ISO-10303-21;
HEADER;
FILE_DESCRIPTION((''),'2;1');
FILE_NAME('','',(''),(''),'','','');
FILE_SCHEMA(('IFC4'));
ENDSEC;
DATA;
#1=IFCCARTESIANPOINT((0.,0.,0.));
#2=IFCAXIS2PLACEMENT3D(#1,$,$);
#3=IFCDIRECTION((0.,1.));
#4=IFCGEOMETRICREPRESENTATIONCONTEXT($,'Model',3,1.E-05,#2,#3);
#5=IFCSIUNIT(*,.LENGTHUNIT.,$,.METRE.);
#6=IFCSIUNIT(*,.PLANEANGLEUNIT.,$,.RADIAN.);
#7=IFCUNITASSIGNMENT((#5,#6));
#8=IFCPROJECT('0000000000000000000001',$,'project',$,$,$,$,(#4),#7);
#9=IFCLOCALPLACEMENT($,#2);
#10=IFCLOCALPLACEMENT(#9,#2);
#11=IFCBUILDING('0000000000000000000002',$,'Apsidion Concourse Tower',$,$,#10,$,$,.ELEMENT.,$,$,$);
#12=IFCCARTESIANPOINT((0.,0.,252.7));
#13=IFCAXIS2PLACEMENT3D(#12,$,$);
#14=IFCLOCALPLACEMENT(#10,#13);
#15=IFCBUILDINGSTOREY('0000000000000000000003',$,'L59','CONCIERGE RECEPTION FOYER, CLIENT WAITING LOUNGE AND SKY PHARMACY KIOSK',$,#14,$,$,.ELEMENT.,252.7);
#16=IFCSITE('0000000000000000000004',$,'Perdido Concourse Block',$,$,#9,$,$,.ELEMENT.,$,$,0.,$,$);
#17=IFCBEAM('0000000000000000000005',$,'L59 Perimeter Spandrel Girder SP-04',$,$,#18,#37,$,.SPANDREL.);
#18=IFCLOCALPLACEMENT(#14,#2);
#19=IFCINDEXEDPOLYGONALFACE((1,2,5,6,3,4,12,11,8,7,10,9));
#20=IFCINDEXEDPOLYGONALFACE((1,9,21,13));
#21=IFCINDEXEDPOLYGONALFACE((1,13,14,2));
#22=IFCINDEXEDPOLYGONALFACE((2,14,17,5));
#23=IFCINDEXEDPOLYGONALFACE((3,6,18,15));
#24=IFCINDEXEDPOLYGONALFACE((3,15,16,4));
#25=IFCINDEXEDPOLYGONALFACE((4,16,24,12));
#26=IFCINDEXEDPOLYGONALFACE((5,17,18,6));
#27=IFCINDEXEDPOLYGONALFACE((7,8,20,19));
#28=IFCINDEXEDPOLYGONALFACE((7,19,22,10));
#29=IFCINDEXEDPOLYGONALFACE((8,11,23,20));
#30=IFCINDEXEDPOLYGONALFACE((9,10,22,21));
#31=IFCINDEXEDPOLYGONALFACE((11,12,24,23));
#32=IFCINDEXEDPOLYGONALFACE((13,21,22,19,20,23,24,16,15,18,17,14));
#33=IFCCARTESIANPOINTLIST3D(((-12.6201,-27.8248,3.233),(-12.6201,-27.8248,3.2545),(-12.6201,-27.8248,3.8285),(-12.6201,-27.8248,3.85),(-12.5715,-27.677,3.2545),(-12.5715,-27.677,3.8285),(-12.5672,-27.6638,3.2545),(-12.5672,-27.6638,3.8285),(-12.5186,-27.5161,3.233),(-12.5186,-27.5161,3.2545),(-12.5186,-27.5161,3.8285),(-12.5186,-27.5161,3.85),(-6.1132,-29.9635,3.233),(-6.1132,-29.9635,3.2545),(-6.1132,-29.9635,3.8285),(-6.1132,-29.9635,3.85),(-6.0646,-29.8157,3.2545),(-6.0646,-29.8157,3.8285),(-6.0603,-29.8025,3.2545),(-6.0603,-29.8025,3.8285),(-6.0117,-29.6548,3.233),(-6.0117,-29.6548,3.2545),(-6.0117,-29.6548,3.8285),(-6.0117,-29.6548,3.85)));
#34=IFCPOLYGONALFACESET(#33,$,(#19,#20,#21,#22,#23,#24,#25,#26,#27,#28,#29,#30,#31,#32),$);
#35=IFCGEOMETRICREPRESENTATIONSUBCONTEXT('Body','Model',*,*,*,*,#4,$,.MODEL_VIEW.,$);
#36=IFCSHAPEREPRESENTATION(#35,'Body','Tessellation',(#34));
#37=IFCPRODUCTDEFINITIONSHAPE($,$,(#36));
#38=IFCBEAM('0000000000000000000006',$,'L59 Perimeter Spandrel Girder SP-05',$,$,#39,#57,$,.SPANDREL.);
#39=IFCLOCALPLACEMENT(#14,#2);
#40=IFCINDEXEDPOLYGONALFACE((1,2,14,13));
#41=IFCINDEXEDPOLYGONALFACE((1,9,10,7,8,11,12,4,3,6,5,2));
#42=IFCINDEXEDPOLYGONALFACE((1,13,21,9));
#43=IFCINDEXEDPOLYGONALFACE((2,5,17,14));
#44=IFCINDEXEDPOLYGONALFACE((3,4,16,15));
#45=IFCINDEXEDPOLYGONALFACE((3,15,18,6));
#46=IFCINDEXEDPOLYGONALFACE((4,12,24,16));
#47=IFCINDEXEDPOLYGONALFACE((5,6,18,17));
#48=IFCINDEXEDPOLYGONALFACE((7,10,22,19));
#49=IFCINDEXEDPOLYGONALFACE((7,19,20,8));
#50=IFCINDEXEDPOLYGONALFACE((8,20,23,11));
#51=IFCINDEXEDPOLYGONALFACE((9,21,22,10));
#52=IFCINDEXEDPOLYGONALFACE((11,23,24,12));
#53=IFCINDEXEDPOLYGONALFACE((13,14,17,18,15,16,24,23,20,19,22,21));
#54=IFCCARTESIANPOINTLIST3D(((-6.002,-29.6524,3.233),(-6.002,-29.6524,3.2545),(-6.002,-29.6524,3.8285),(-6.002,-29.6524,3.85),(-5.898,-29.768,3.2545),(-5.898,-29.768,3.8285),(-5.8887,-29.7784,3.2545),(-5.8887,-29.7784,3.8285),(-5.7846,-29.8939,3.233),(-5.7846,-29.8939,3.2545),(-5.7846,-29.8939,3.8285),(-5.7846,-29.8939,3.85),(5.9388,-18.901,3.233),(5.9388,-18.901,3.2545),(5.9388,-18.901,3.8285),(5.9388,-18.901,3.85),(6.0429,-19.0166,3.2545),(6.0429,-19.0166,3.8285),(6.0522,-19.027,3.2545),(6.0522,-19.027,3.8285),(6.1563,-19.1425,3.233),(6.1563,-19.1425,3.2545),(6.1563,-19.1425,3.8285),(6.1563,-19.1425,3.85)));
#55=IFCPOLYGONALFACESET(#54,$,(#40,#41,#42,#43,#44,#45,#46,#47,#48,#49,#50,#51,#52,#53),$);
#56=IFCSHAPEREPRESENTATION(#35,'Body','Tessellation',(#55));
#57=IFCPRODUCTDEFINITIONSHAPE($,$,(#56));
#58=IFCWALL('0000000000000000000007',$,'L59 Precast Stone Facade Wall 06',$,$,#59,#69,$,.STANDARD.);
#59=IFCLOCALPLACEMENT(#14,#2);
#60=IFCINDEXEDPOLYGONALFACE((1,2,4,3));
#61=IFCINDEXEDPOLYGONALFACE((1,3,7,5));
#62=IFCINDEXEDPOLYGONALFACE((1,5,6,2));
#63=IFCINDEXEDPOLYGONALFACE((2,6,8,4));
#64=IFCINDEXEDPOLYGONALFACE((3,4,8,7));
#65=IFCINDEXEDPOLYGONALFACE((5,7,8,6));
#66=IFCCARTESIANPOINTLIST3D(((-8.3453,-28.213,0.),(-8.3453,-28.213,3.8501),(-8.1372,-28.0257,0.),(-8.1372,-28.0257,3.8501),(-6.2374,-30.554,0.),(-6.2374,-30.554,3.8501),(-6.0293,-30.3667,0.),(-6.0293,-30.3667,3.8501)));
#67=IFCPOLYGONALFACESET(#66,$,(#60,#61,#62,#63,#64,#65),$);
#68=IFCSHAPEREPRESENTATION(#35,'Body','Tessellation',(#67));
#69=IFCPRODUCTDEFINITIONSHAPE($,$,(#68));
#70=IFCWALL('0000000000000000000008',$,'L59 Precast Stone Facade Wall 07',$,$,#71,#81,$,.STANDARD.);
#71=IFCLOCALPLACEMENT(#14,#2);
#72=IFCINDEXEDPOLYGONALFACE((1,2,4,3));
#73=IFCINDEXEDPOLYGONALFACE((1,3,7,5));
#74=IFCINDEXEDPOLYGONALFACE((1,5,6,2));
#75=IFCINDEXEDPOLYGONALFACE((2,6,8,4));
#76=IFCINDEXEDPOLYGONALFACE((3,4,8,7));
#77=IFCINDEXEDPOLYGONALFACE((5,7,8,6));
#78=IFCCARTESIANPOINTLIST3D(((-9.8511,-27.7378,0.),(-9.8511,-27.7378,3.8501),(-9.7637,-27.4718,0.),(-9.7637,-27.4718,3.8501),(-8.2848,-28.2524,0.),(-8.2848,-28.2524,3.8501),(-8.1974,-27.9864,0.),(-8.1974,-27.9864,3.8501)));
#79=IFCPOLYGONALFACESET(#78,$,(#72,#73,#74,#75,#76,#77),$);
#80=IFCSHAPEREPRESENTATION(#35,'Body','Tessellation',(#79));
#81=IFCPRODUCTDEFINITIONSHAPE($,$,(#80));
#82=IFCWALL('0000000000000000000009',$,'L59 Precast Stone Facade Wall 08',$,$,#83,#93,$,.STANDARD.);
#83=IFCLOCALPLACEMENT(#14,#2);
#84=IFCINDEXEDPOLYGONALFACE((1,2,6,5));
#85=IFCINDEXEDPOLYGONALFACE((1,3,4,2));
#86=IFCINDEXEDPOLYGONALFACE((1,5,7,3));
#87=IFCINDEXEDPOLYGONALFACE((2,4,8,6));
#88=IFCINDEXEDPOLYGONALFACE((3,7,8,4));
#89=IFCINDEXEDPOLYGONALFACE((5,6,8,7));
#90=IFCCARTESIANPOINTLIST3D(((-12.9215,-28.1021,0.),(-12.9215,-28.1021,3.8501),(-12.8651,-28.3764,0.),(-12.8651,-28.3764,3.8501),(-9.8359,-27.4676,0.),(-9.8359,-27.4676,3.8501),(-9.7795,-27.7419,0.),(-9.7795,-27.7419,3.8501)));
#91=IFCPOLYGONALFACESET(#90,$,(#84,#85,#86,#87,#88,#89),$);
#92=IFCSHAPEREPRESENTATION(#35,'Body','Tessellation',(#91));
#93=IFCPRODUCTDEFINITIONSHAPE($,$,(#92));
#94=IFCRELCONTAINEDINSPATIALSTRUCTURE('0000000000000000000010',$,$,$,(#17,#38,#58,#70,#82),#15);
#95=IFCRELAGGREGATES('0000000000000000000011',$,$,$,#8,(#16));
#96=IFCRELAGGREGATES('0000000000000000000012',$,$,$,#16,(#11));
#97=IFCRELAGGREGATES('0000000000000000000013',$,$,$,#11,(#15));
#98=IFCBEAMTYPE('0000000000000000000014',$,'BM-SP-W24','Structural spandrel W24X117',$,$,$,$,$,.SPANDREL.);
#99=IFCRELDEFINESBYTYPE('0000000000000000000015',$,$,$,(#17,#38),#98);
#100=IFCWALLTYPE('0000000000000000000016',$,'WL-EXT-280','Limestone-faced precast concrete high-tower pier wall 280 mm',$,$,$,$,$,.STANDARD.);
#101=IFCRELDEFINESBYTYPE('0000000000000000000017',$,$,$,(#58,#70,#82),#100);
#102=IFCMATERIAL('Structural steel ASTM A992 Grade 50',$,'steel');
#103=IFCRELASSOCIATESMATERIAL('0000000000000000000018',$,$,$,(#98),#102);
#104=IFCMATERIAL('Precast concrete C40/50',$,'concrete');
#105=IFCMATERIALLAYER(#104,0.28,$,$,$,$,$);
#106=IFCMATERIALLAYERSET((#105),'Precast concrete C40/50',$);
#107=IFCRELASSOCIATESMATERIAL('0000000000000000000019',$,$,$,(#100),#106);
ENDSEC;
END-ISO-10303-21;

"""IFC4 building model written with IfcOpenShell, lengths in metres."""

from ifc_helpers import new_model, si_unit, direction, frame, frame_2d, origin, origin_2d, place, context, subcontext, project, spatial, rectangle, i_section, extrude, material, layer, layer_set, material_profile, profile_set, type_object, element, save


model = new_model("IFC4")

# Units and contexts
model_context = context("Model", 3, precision=1e-05, world=origin(), true_north=direction((0.0, 1.0)))
body_context = subcontext(model_context, "Body", "Model", "MODEL_VIEW")
ifc_project = project(units=[si_unit("LENGTHUNIT", "METRE"), si_unit("PLANEANGLEUNIT", "RADIAN")], contexts=[model_context])

# Site, building, storey
site_placement = place(None, origin())
site = spatial("IfcSite", under=ifc_project, at=site_placement, Name="Perdido Concourse Block", CompositionType="ELEMENT", RefElevation=0.0)
building_placement = place(site_placement, origin())
building = spatial("IfcBuilding", under=site, at=building_placement, Name="Apsidion Concourse Tower", CompositionType="ELEMENT")
storey_placement = place(building_placement, frame((0.0, 0.0, 252.7)))
storey = spatial("IfcBuildingStorey", under=building, at=storey_placement, Name="L59", Description="CONCIERGE RECEPTION FOYER, CLIENT WAITING LOUNGE AND SKY PHARMACY KIOSK", CompositionType="ELEMENT", Elevation=252.7)

# Shared definitions
ifc_material_1 = material(Name="Structural steel ASTM A992 Grade 50", Category="steel")

# Beams
ifc_material_profile_1 = material_profile(ifc_material_1, i_section(OverallWidth=0.325, OverallDepth=0.6169, WebThickness=0.0139, FlangeThickness=0.0215, at=origin_2d()), Name="W24X117")
ifc_profile_set_1 = profile_set([ifc_material_profile_1], Name="Structural steel ASTM A992 Grade 50")
beam_type_1 = type_object("IfcBeamType", Name="BM-SP-W24", Description="Structural spandrel W24X117", PredefinedType="SPANDREL", material=ifc_profile_set_1)
beam_1_placement = place(storey_placement, frame((-12.5693, -27.6704, 3.5415), z_axis=(0.950001, -0.312247, 0.0), x_axis=(0.312247, 0.950001, 0.0)))
element("IfcBeam", 1, at=beam_1_placement, inside=storey, type_object=beam_type_1, Name="L59 Perimeter Spandrel Girder SP-04", PredefinedType="SPANDREL", context=body_context, shape_type="SweptSolid", body=[
    extrude(i_section(OverallWidth=0.325, OverallDepth=0.6169, WebThickness=0.0139, FlangeThickness=0.0215, at=origin_2d()), origin(), (0.0, 0.0, 1.0), 6.8494),
])
beam_2_placement = place(storey_placement, frame((-5.8933, -29.7732, 3.5415), z_axis=(0.743151, 0.669124, 0.0), x_axis=(-0.669124, 0.743151, 0.0)))
element("IfcBeam", 2, at=beam_2_placement, inside=storey, type_object=beam_type_1, Name="L59 Perimeter Spandrel Girder SP-05", PredefinedType="SPANDREL", context=body_context, shape_type="SweptSolid", body=[
    extrude(i_section(OverallWidth=0.325, OverallDepth=0.6169, WebThickness=0.0139, FlangeThickness=0.0215, at=origin_2d()), origin(), (0.0, 0.0, 1.0), 16.0679),
])

# Walls
ifc_material_2 = material(Name="Precast concrete C40/50", Category="concrete")
ifc_layer_1 = layer(ifc_material_2, 0.28)
ifc_layer_set_1 = layer_set([ifc_layer_1], Name="Precast concrete C40/50")
wall_type_1 = type_object("IfcWallType", Name="WL-EXT-280", Description="Limestone-faced precast concrete high-tower pier wall 280 mm", PredefinedType="STANDARD", material=ifc_layer_set_1)
wall_1_placement = place(storey_placement, frame((-6.1333, -30.4604, 0.0), z_axis=(0.0, 0.0, 1.0), x_axis=(-0.669132, 0.743144, 0.0)))
element("IfcWall", 3, at=wall_1_placement, inside=storey, type_object=wall_type_1, Name="L59 Precast Stone Facade Wall 06", PredefinedType="STANDARD", context=body_context, shape_type="SweptSolid", body=[
    extrude(rectangle(XDim=3.1501, YDim=0.28, at=frame_2d((1.5752, 0.0))), origin(), (0.0, 0.0, 1.0), 3.8501),
])
wall_2_placement = place(storey_placement, frame((-8.2412, -28.1194, 0.0), z_axis=(0.0, 0.0, 1.0), x_axis=(-0.950037, 0.312138, 0.0)))
element("IfcWall", 4, at=wall_2_placement, inside=storey, type_object=wall_type_1, Name="L59 Precast Stone Facade Wall 07", PredefinedType="STANDARD", context=body_context, shape_type="SweptSolid", body=[
    extrude(rectangle(XDim=1.6487, YDim=0.28, at=frame_2d((0.8242, 0.0))), origin(), (0.0, 0.0, 1.0), 3.8501),
])
wall_3_placement = place(storey_placement, frame((-9.8076, -27.6047, 0.0), z_axis=(0.0, 0.0, 1.0), x_axis=(-0.979505, -0.201419, 0.0)))
element("IfcWall", 5, at=wall_3_placement, inside=storey, type_object=wall_type_1, Name="L59 Precast Stone Facade Wall 08", PredefinedType="STANDARD", context=body_context, shape_type="SweptSolid", body=[
    extrude(rectangle(XDim=3.1501, YDim=0.28, at=frame_2d((1.5752, 0.0))), origin(), (0.0, 0.0, 1.0), 3.8501),
])

save(model, "model.ifc")
